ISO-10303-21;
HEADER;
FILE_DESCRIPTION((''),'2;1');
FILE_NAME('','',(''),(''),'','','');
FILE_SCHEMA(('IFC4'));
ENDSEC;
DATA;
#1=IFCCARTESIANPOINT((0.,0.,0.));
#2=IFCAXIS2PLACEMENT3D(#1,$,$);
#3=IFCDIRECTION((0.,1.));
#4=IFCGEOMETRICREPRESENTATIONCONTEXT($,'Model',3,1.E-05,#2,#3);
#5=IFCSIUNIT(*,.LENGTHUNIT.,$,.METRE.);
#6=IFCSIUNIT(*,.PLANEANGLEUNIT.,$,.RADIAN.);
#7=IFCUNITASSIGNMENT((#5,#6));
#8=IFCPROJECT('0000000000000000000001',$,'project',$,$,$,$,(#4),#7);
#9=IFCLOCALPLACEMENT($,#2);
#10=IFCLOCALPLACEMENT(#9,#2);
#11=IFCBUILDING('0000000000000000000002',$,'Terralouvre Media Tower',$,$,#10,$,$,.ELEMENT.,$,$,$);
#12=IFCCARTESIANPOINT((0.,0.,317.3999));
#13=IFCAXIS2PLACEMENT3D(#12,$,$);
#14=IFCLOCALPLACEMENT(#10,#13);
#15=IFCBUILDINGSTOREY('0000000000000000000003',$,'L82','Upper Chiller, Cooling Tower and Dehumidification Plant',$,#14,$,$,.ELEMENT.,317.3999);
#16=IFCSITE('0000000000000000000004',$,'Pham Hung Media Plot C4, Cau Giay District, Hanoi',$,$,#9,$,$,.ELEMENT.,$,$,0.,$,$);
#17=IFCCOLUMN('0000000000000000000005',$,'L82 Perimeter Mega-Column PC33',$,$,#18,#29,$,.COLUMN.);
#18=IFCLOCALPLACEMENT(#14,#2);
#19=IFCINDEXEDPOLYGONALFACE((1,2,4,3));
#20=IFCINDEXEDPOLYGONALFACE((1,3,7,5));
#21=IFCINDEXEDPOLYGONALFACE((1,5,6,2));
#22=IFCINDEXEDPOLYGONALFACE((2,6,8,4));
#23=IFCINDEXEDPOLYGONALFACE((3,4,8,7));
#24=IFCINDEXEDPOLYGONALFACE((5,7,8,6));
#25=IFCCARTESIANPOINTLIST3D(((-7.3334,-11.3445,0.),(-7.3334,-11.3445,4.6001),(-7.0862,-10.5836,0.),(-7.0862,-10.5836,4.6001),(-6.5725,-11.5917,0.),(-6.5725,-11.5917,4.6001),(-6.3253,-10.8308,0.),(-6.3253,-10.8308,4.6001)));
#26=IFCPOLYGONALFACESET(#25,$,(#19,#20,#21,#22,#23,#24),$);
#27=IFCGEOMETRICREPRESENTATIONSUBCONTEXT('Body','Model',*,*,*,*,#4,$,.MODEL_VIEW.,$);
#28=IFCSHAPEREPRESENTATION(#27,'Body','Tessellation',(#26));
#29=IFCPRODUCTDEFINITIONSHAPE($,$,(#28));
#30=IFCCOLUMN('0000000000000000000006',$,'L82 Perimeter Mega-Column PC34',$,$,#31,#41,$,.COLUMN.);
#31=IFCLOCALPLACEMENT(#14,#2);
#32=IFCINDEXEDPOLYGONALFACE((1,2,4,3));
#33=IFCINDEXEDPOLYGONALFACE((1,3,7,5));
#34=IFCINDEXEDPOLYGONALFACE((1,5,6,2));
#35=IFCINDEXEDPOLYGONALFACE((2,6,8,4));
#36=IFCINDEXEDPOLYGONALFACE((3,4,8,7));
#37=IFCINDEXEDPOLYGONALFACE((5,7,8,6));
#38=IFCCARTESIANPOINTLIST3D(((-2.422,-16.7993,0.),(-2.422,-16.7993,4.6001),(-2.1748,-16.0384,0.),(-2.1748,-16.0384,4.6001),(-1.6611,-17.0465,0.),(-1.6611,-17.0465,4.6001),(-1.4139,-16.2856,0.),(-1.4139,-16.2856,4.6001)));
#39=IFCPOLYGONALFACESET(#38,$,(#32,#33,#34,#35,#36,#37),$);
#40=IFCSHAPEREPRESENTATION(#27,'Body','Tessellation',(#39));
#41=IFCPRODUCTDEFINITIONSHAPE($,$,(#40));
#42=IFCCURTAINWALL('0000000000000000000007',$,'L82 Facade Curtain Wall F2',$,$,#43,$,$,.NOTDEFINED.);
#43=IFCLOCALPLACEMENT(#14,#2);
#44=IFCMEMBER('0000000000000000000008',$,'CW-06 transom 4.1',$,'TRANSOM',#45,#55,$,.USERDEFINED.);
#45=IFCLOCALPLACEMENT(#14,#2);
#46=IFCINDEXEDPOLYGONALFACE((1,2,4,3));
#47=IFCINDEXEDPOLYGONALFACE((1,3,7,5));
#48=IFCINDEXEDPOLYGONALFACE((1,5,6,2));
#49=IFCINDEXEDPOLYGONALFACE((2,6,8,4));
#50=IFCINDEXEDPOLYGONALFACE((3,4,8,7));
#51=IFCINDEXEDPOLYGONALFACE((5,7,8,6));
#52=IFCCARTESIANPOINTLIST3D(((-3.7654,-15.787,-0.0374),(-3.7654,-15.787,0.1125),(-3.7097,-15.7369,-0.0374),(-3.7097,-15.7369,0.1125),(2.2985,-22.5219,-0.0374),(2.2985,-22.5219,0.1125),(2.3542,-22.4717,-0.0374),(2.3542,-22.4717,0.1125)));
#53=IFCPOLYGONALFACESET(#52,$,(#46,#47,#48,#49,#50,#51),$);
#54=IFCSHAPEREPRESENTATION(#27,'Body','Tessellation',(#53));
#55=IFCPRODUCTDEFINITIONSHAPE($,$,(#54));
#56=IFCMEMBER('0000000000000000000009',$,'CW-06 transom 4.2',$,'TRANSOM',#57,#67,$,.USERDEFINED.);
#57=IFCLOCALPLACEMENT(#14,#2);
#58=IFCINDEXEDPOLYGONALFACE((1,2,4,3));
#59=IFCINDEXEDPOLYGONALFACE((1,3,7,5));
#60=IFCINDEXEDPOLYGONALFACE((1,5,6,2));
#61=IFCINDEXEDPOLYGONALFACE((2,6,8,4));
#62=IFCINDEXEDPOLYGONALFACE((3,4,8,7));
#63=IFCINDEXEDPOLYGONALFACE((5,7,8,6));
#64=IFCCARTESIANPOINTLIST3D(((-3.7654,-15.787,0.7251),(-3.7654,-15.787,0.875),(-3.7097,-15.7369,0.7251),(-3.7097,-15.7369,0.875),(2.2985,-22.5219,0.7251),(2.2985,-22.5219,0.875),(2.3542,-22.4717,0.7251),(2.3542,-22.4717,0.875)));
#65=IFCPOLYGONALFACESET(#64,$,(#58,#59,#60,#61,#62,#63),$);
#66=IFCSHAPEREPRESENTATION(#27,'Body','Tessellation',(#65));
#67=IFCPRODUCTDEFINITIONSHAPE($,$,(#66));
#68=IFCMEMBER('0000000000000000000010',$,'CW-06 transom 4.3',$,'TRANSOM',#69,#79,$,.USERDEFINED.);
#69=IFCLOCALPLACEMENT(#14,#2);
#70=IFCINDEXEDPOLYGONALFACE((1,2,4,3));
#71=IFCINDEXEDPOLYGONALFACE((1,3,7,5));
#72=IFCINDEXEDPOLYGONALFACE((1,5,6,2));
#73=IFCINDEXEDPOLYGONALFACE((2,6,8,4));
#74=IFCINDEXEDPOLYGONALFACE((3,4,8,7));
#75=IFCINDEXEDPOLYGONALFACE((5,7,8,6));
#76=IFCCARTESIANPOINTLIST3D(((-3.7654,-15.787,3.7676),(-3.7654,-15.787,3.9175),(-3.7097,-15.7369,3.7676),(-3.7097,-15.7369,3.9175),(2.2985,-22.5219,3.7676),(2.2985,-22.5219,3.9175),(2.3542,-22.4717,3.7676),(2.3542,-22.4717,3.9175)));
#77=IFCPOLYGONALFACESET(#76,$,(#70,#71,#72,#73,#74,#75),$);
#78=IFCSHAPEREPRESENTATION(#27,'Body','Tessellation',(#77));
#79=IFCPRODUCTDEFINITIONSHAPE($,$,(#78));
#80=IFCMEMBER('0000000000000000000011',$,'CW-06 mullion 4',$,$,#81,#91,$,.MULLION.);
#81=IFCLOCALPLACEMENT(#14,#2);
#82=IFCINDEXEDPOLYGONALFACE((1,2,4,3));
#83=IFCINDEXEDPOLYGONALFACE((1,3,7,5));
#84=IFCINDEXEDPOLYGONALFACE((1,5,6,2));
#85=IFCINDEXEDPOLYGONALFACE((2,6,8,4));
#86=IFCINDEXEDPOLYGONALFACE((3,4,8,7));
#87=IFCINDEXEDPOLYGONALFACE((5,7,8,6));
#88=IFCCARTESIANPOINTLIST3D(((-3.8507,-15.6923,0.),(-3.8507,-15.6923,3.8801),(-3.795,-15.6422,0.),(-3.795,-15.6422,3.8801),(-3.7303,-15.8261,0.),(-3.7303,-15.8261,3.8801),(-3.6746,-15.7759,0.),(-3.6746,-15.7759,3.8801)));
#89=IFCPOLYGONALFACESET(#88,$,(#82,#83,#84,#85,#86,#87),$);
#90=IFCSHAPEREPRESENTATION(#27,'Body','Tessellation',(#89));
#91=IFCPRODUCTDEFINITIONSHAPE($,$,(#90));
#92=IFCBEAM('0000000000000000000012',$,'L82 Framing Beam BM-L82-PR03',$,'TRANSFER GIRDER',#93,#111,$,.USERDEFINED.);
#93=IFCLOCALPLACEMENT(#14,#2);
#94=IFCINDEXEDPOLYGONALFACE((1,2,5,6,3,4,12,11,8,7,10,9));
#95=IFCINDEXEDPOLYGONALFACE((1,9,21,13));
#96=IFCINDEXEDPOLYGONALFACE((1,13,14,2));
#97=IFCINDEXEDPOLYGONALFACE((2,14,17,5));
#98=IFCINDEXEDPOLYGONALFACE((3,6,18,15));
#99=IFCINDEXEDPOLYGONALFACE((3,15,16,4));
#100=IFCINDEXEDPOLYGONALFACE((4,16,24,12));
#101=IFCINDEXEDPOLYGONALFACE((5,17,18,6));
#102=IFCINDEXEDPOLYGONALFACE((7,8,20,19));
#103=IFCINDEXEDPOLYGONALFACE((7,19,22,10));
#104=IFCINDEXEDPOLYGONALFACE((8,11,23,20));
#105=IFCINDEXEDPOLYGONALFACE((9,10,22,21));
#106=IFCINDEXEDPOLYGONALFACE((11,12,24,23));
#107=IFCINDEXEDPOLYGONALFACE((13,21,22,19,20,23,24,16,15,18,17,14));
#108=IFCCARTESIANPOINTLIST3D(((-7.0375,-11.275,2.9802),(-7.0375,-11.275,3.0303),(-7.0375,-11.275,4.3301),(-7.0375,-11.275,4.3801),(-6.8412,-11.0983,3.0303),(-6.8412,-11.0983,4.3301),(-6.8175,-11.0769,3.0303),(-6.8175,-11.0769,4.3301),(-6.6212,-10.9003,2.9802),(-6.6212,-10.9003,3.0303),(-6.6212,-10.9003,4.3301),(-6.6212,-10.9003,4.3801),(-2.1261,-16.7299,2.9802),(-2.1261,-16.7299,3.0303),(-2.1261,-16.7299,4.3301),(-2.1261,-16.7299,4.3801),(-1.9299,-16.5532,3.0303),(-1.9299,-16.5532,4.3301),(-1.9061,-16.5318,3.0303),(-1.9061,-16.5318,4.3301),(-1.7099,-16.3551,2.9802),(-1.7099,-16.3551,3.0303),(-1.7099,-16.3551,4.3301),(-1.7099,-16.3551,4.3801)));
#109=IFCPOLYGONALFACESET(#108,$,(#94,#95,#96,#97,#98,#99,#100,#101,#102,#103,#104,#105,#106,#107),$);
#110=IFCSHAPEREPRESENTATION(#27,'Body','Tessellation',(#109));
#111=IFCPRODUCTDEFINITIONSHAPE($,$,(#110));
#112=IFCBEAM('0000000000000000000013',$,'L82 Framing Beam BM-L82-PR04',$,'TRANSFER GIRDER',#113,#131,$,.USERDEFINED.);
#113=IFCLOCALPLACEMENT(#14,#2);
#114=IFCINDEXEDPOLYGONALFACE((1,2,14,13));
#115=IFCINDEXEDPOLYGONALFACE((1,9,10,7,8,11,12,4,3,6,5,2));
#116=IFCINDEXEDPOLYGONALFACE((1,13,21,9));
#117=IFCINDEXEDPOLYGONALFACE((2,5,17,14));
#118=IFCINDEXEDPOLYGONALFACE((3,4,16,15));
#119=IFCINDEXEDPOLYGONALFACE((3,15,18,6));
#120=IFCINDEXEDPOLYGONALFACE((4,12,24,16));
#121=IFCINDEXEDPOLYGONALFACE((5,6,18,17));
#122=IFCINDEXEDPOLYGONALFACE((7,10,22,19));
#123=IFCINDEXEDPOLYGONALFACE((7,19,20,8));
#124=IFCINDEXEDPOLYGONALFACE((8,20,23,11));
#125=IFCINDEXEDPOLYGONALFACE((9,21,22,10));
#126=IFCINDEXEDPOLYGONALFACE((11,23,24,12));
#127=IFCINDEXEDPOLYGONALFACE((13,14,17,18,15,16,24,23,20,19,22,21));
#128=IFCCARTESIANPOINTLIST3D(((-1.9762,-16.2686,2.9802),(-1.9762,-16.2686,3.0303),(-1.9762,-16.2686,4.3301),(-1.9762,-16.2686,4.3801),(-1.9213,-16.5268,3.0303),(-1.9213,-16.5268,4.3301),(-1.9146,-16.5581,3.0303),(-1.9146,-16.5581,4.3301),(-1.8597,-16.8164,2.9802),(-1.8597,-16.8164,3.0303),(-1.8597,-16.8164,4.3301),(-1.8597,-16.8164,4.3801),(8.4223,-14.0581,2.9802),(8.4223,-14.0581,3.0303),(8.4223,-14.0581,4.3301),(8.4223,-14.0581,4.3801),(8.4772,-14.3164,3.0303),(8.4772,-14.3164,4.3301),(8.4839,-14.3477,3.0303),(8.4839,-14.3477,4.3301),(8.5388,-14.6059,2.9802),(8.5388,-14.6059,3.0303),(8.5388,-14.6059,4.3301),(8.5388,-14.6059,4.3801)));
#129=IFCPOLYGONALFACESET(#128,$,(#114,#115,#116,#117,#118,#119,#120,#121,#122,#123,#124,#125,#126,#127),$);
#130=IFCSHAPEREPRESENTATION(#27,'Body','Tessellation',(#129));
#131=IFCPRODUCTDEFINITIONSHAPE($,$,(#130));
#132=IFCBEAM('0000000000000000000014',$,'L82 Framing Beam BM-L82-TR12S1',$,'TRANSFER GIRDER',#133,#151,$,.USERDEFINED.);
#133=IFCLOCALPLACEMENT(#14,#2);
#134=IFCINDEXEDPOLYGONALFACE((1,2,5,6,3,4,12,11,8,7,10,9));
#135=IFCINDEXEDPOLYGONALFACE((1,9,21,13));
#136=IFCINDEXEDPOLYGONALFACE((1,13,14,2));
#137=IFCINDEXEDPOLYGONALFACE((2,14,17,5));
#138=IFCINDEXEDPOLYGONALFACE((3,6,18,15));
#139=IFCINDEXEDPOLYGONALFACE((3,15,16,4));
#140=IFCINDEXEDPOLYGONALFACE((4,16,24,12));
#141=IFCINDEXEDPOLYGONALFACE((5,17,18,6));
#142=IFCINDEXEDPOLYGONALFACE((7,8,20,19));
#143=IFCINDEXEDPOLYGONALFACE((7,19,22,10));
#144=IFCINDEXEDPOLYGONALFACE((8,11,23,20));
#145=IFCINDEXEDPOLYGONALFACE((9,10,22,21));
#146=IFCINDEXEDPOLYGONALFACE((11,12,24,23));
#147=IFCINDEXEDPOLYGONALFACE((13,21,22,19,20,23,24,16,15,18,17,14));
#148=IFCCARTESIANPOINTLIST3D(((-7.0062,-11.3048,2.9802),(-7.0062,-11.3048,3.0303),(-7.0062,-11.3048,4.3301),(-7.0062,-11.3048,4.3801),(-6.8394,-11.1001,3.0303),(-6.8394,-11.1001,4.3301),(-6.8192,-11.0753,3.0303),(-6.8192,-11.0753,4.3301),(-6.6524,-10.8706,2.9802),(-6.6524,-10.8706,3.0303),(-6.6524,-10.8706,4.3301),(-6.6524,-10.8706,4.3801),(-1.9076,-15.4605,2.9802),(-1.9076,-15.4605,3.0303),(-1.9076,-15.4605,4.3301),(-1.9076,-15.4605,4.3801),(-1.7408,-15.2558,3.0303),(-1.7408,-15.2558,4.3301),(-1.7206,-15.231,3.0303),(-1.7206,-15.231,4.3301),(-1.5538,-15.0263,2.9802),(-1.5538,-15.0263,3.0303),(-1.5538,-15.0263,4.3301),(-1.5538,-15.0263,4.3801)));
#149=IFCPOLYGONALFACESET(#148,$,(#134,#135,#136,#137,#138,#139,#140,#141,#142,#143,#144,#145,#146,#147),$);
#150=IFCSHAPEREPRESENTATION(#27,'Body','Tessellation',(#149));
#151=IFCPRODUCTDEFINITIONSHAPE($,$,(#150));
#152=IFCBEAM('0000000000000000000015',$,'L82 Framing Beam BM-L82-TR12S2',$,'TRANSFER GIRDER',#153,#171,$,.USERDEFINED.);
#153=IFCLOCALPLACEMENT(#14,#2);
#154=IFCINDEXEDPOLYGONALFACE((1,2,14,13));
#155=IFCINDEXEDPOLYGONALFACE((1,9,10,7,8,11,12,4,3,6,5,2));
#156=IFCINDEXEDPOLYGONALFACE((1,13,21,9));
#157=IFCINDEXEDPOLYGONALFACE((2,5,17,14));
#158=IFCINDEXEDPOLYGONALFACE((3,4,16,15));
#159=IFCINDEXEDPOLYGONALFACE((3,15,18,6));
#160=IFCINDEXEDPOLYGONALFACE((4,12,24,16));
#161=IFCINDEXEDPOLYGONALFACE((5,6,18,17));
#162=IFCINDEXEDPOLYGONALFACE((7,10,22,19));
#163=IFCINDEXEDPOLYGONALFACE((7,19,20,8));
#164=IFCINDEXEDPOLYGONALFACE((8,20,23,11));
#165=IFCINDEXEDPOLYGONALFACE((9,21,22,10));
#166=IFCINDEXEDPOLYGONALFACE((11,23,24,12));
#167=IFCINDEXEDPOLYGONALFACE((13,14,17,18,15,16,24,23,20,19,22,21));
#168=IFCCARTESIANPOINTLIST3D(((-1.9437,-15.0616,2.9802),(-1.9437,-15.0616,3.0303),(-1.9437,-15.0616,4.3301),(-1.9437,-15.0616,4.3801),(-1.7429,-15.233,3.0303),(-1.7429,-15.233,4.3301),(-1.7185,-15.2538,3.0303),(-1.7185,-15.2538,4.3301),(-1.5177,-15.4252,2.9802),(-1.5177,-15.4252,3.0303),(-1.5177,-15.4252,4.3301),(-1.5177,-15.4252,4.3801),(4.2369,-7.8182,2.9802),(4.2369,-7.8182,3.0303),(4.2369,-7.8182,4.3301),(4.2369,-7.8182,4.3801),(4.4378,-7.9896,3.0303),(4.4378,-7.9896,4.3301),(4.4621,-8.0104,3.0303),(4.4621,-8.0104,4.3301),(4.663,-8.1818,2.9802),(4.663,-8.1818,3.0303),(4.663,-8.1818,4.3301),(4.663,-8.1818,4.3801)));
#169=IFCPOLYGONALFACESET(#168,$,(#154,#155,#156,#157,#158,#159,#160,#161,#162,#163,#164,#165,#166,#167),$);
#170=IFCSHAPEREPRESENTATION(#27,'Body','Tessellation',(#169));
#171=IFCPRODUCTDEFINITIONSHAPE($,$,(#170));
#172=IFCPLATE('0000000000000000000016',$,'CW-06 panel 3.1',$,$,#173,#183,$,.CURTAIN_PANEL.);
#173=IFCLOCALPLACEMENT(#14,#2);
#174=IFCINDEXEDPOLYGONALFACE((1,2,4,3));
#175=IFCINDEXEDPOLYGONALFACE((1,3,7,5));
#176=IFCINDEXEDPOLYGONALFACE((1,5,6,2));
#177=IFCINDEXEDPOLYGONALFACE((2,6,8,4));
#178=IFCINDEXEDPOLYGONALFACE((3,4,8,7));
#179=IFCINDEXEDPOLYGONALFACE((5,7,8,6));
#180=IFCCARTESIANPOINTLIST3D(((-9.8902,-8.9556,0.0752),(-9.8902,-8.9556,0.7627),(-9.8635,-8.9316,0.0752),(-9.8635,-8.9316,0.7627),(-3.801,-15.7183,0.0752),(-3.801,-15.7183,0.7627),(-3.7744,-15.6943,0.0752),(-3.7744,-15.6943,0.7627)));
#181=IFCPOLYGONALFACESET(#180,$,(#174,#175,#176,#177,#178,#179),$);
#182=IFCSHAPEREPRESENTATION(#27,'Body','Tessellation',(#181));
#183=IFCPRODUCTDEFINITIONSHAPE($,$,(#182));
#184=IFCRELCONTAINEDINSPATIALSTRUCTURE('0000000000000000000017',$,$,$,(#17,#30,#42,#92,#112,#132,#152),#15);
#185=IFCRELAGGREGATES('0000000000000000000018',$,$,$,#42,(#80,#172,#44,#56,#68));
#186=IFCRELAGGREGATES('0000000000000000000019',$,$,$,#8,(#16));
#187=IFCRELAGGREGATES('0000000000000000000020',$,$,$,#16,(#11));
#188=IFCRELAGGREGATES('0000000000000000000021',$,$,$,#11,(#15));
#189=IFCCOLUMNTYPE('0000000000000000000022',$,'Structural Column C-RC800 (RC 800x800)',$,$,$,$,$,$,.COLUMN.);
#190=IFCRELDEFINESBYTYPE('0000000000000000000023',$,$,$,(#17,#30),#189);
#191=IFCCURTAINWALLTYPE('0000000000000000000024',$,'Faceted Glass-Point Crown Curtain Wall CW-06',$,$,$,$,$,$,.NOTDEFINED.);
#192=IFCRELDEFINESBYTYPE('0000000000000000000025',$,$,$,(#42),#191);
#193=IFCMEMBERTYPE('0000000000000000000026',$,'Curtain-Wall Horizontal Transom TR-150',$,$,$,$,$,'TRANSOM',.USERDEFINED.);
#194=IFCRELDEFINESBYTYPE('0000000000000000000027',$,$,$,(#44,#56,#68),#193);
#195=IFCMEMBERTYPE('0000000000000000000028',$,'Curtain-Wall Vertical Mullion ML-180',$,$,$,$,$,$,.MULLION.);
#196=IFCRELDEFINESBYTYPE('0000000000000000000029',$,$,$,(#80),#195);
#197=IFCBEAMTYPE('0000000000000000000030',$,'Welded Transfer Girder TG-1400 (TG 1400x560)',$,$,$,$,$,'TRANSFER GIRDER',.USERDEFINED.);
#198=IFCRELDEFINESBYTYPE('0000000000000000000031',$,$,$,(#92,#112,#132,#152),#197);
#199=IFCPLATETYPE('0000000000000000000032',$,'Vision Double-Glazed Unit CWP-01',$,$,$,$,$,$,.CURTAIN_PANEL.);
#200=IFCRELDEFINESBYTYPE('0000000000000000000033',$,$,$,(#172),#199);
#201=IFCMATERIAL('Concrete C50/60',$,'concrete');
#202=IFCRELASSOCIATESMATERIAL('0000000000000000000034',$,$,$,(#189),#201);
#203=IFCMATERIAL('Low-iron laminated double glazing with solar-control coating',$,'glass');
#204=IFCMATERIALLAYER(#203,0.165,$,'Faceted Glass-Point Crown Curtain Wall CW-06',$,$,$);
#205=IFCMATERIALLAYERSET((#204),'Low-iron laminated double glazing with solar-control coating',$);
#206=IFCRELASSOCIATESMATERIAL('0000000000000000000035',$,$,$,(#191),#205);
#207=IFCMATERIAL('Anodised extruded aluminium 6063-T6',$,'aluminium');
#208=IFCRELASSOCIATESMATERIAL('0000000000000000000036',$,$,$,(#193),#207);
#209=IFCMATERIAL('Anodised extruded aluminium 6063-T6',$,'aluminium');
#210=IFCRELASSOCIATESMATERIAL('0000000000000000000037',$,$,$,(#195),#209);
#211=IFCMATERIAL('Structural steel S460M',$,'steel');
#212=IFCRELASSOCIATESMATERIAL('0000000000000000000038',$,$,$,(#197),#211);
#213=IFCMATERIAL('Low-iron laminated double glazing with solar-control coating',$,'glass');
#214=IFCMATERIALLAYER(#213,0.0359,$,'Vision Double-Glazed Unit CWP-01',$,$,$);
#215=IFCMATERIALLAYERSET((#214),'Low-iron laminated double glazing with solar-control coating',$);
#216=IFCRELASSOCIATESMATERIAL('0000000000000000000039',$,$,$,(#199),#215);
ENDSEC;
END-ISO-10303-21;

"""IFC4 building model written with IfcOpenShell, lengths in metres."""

from ifc_helpers import new_model, si_unit, direction, frame, origin, origin_2d, place, context, subcontext, project, spatial, rectangle, i_section, extrude, material, layer, layer_set, material_profile, profile_set, type_object, element, aggregate, save


model = new_model("IFC4")

# Units and contexts
model_context = context("Model", 3, precision=1e-05, world=origin(), true_north=direction((0.0, 1.0)))
body_context = subcontext(model_context, "Body", "Model", "MODEL_VIEW")
ifc_project = project(units=[si_unit("LENGTHUNIT", "METRE"), si_unit("PLANEANGLEUNIT", "RADIAN")], contexts=[model_context])

# Site, building, storey
site_placement = place(None, origin())
site = spatial("IfcSite", under=ifc_project, at=site_placement, Name="Pham Hung Media Plot C4, Cau Giay District, Hanoi", CompositionType="ELEMENT", RefElevation=0.0)
building_placement = place(site_placement, origin())
building = spatial("IfcBuilding", under=site, at=building_placement, Name="Terralouvre Media Tower", CompositionType="ELEMENT")
storey_placement = place(building_placement, frame((0.0, 0.0, 317.3999)))
storey = spatial("IfcBuildingStorey", under=building, at=storey_placement, Name="L82", Description="Upper Chiller, Cooling Tower and Dehumidification Plant", CompositionType="ELEMENT", Elevation=317.3999)

# Columns
ifc_material_1 = material(Name="Concrete C50/60", Category="concrete")
ifc_material_profile_1 = material_profile(ifc_material_1, rectangle(XDim=0.8, YDim=0.8, at=origin_2d()), Name="RC 800x800")
ifc_profile_set_1 = profile_set([ifc_material_profile_1], Name="Concrete C50/60")
column_type = type_object("IfcColumnType", Name="Structural Column C-RC800 (RC 800x800)", PredefinedType="COLUMN", material=ifc_profile_set_1)
for number, where, z_axis, x_axis, name in (
    (1, (-6.8293, -11.0876, 0.0), (0.0, 0.0, 1.0), (0.309017, 0.951057, 0.0), "L82 Perimeter Mega-Column PC33"),
    (2, (-1.918, -16.5425, 0.0), (0.0, 0.0, 1.0), (0.309017, 0.951057, 0.0), "L82 Perimeter Mega-Column PC34"),
):
    element("IfcColumn", number, at=place(storey_placement, frame(where, z_axis=z_axis, x_axis=x_axis)), inside=storey, type_object=column_type, Name=name, PredefinedType="COLUMN", context=body_context, shape_type="SweptSolid", body=[
        extrude(rectangle(XDim=0.8, YDim=0.8, at=origin_2d()), origin(), (0.0, 0.0, 1.0), 4.6001),
    ])

# Curtain wall, members
ifc_material_2 = material(Name="Low-iron laminated double glazing with solar-control coating", Category="glass")
ifc_layer_1 = layer(ifc_material_2, 0.165, Name="Faceted Glass-Point Crown Curtain Wall CW-06")
ifc_layer_set_1 = layer_set([ifc_layer_1], Name="Low-iron laminated double glazing with solar-control coating")
curtain_wall_type = type_object("IfcCurtainWallType", Name="Faceted Glass-Point Crown Curtain Wall CW-06", PredefinedType="NOTDEFINED", material=ifc_layer_set_1)
curtain_wall_placement = place(storey_placement, origin())
curtain_wall = element("IfcCurtainWall", 3, at=curtain_wall_placement, inside=storey, type_object=curtain_wall_type, Name="L82 Facade Curtain Wall F2", PredefinedType="NOTDEFINED")
ifc_material_3 = material(Name="Anodised extruded aluminium 6063-T6", Category="aluminium")
ifc_material_profile_2 = material_profile(ifc_material_3, rectangle(XDim=0.075, YDim=0.1499, at=origin_2d()), Name="ALU 75x150")
ifc_profile_set_2 = profile_set([ifc_material_profile_2], Name="Anodised extruded aluminium 6063-T6")
member_type_1 = type_object("IfcMemberType", Name="Curtain-Wall Horizontal Transom TR-150", ElementType="TRANSOM", PredefinedType="USERDEFINED", material=ifc_profile_set_2)
member_1_placement = place(storey_placement, frame((-3.7375, -15.762, 0.0376), z_axis=(0.669122, -0.743152, 0.0), x_axis=(0.743152, 0.669122, 0.0)))
member_1 = element("IfcMember", 4, at=member_1_placement, type_object=member_type_1, Name="CW-06 transom 4.1", ObjectType="TRANSOM", PredefinedType="USERDEFINED", context=body_context, shape_type="SweptSolid", body=[
    extrude(rectangle(XDim=0.075, YDim=0.1499, at=origin_2d()), origin(), (0.0, 0.0, 1.0), 9.0625),
])
member_2_placement = place(storey_placement, frame((-3.7375, -15.762, 0.8), z_axis=(0.669122, -0.743152, 0.0), x_axis=(0.743152, 0.669122, 0.0)))
member_2 = element("IfcMember", 5, at=member_2_placement, type_object=member_type_1, Name="CW-06 transom 4.2", ObjectType="TRANSOM", PredefinedType="USERDEFINED", context=body_context, shape_type="SweptSolid", body=[
    extrude(rectangle(XDim=0.075, YDim=0.1499, at=origin_2d()), origin(), (0.0, 0.0, 1.0), 9.0625),
])
member_3_placement = place(storey_placement, frame((-3.7375, -15.762, 3.8425), z_axis=(0.669122, -0.743152, 0.0), x_axis=(0.743152, 0.669122, 0.0)))
member_3 = element("IfcMember", 6, at=member_3_placement, type_object=member_type_1, Name="CW-06 transom 4.3", ObjectType="TRANSOM", PredefinedType="USERDEFINED", context=body_context, shape_type="SweptSolid", body=[
    extrude(rectangle(XDim=0.075, YDim=0.1499, at=origin_2d()), origin(), (0.0, 0.0, 1.0), 9.0625),
])
ifc_material_4 = material(Name="Anodised extruded aluminium 6063-T6", Category="aluminium")
ifc_material_profile_3 = material_profile(ifc_material_4, rectangle(XDim=0.075, YDim=0.1799, at=origin_2d()), Name="ALU 75x180")
ifc_profile_set_3 = profile_set([ifc_material_profile_3], Name="Anodised extruded aluminium 6063-T6")
member_type_2 = type_object("IfcMemberType", Name="Curtain-Wall Vertical Mullion ML-180", PredefinedType="MULLION", material=ifc_profile_set_3)
member_4_placement = place(storey_placement, frame((-3.7627, -15.7341, 0.0), z_axis=(0.0, 0.0, 1.0), x_axis=(0.743145, 0.66913, 0.0)))
member_4 = element("IfcMember", 7, at=member_4_placement, type_object=member_type_2, Name="CW-06 mullion 4", PredefinedType="MULLION", context=body_context, shape_type="SweptSolid", body=[
    extrude(rectangle(XDim=0.075, YDim=0.1799, at=origin_2d()), origin(), (0.0, 0.0, 1.0), 3.8801),
])

# Beams
ifc_material_5 = material(Name="Structural steel S460M", Category="steel")
ifc_material_profile_4 = material_profile(ifc_material_5, i_section(OverallWidth=0.5601, OverallDepth=1.3999, WebThickness=0.032, FlangeThickness=0.05, at=origin_2d()), Name="TG 1400x560")
ifc_profile_set_4 = profile_set([ifc_material_profile_4], Name="Structural steel S460M")
beam_type = type_object("IfcBeamType", Name="Welded Transfer Girder TG-1400 (TG 1400x560)", ElementType="TRANSFER GIRDER", PredefinedType="USERDEFINED", material=ifc_profile_set_4)
beam_1_placement = place(storey_placement, frame((-6.8293, -11.0876, 3.6802), z_axis=(0.669117, -0.743157, 0.0), x_axis=(0.743157, 0.669117, 0.0)))
element("IfcBeam", 8, at=beam_1_placement, inside=storey, type_object=beam_type, Name="L82 Framing Beam BM-L82-PR03", ObjectType="TRANSFER GIRDER", PredefinedType="USERDEFINED", context=body_context, shape_type="SweptSolid", body=[
    extrude(i_section(OverallWidth=0.5601, OverallDepth=1.3999, WebThickness=0.032, FlangeThickness=0.05, at=origin_2d()), origin(), (0.0, 0.0, 1.0), 7.3401),
])
beam_2_placement = place(storey_placement, frame((-1.918, -16.5425, 3.6802), z_axis=(0.978144, 0.207929, 0.0), x_axis=(-0.207929, 0.978144, 0.0)))
element("IfcBeam", 9, at=beam_2_placement, inside=storey, type_object=beam_type, Name="L82 Framing Beam BM-L82-PR04", ObjectType="TRANSFER GIRDER", PredefinedType="USERDEFINED", context=body_context, shape_type="SweptSolid", body=[
    extrude(i_section(OverallWidth=0.5601, OverallDepth=1.3999, WebThickness=0.032, FlangeThickness=0.05, at=origin_2d()), origin(), (0.0, 0.0, 1.0), 10.6309),
])
beam_3_placement = place(storey_placement, frame((-1.7307, -15.2434, 3.6802), z_axis=(-0.775137, 0.631794, 0.0), x_axis=(-0.631794, -0.775137, 0.0)))
element("IfcBeam", 10, at=beam_3_placement, inside=storey, type_object=beam_type, Name="L82 Framing Beam BM-L82-TR12S1", ObjectType="TRANSFER GIRDER", PredefinedType="USERDEFINED", context=body_context, shape_type="SweptSolid", body=[
    extrude(i_section(OverallWidth=0.5601, OverallDepth=1.3999, WebThickness=0.032, FlangeThickness=0.05, at=origin_2d()), origin(), (0.0, 0.0, 1.0), 6.5776),
])
beam_4_placement = place(storey_placement, frame((-1.7307, -15.2434, 3.6802), z_axis=(0.649096, 0.760706, 0.0), x_axis=(-0.760706, 0.649096, 0.0)))
element("IfcBeam", 11, at=beam_4_placement, inside=storey, type_object=beam_type, Name="L82 Framing Beam BM-L82-TR12S2", ObjectType="TRANSFER GIRDER", PredefinedType="USERDEFINED", context=body_context, shape_type="SweptSolid", body=[
    extrude(i_section(OverallWidth=0.5601, OverallDepth=1.3999, WebThickness=0.032, FlangeThickness=0.05, at=origin_2d()), origin(), (0.0, 0.0, 1.0), 9.522),
])

# Plate
ifc_material_6 = material(Name="Low-iron laminated double glazing with solar-control coating", Category="glass")
ifc_layer_2 = layer(ifc_material_6, 0.0359, Name="Vision Double-Glazed Unit CWP-01")
ifc_layer_set_2 = layer_set([ifc_layer_2], Name="Low-iron laminated double glazing with solar-control coating")
plate_type = type_object("IfcPlateType", Name="Vision Double-Glazed Unit CWP-01", PredefinedType="CURTAIN_PANEL", material=ifc_layer_set_2)
plate_1_placement = place(storey_placement, frame((-6.8323, -12.325, 0.0752), z_axis=(0.0, 0.0, 1.0), x_axis=(0.66913, -0.743145, 0.0)))
plate_1 = element("IfcPlate", 12, at=plate_1_placement, type_object=plate_type, Name="CW-06 panel 3.1", PredefinedType="CURTAIN_PANEL", context=body_context, shape_type="SweptSolid", body=[
    extrude(rectangle(XDim=9.1001, YDim=0.0359, at=origin_2d()), origin(), (0.0, 0.0, 1.0), 0.6875),
])
aggregate(curtain_wall, [member_4, plate_1, member_1, member_2, member_3])

save(model, "model.ifc")
